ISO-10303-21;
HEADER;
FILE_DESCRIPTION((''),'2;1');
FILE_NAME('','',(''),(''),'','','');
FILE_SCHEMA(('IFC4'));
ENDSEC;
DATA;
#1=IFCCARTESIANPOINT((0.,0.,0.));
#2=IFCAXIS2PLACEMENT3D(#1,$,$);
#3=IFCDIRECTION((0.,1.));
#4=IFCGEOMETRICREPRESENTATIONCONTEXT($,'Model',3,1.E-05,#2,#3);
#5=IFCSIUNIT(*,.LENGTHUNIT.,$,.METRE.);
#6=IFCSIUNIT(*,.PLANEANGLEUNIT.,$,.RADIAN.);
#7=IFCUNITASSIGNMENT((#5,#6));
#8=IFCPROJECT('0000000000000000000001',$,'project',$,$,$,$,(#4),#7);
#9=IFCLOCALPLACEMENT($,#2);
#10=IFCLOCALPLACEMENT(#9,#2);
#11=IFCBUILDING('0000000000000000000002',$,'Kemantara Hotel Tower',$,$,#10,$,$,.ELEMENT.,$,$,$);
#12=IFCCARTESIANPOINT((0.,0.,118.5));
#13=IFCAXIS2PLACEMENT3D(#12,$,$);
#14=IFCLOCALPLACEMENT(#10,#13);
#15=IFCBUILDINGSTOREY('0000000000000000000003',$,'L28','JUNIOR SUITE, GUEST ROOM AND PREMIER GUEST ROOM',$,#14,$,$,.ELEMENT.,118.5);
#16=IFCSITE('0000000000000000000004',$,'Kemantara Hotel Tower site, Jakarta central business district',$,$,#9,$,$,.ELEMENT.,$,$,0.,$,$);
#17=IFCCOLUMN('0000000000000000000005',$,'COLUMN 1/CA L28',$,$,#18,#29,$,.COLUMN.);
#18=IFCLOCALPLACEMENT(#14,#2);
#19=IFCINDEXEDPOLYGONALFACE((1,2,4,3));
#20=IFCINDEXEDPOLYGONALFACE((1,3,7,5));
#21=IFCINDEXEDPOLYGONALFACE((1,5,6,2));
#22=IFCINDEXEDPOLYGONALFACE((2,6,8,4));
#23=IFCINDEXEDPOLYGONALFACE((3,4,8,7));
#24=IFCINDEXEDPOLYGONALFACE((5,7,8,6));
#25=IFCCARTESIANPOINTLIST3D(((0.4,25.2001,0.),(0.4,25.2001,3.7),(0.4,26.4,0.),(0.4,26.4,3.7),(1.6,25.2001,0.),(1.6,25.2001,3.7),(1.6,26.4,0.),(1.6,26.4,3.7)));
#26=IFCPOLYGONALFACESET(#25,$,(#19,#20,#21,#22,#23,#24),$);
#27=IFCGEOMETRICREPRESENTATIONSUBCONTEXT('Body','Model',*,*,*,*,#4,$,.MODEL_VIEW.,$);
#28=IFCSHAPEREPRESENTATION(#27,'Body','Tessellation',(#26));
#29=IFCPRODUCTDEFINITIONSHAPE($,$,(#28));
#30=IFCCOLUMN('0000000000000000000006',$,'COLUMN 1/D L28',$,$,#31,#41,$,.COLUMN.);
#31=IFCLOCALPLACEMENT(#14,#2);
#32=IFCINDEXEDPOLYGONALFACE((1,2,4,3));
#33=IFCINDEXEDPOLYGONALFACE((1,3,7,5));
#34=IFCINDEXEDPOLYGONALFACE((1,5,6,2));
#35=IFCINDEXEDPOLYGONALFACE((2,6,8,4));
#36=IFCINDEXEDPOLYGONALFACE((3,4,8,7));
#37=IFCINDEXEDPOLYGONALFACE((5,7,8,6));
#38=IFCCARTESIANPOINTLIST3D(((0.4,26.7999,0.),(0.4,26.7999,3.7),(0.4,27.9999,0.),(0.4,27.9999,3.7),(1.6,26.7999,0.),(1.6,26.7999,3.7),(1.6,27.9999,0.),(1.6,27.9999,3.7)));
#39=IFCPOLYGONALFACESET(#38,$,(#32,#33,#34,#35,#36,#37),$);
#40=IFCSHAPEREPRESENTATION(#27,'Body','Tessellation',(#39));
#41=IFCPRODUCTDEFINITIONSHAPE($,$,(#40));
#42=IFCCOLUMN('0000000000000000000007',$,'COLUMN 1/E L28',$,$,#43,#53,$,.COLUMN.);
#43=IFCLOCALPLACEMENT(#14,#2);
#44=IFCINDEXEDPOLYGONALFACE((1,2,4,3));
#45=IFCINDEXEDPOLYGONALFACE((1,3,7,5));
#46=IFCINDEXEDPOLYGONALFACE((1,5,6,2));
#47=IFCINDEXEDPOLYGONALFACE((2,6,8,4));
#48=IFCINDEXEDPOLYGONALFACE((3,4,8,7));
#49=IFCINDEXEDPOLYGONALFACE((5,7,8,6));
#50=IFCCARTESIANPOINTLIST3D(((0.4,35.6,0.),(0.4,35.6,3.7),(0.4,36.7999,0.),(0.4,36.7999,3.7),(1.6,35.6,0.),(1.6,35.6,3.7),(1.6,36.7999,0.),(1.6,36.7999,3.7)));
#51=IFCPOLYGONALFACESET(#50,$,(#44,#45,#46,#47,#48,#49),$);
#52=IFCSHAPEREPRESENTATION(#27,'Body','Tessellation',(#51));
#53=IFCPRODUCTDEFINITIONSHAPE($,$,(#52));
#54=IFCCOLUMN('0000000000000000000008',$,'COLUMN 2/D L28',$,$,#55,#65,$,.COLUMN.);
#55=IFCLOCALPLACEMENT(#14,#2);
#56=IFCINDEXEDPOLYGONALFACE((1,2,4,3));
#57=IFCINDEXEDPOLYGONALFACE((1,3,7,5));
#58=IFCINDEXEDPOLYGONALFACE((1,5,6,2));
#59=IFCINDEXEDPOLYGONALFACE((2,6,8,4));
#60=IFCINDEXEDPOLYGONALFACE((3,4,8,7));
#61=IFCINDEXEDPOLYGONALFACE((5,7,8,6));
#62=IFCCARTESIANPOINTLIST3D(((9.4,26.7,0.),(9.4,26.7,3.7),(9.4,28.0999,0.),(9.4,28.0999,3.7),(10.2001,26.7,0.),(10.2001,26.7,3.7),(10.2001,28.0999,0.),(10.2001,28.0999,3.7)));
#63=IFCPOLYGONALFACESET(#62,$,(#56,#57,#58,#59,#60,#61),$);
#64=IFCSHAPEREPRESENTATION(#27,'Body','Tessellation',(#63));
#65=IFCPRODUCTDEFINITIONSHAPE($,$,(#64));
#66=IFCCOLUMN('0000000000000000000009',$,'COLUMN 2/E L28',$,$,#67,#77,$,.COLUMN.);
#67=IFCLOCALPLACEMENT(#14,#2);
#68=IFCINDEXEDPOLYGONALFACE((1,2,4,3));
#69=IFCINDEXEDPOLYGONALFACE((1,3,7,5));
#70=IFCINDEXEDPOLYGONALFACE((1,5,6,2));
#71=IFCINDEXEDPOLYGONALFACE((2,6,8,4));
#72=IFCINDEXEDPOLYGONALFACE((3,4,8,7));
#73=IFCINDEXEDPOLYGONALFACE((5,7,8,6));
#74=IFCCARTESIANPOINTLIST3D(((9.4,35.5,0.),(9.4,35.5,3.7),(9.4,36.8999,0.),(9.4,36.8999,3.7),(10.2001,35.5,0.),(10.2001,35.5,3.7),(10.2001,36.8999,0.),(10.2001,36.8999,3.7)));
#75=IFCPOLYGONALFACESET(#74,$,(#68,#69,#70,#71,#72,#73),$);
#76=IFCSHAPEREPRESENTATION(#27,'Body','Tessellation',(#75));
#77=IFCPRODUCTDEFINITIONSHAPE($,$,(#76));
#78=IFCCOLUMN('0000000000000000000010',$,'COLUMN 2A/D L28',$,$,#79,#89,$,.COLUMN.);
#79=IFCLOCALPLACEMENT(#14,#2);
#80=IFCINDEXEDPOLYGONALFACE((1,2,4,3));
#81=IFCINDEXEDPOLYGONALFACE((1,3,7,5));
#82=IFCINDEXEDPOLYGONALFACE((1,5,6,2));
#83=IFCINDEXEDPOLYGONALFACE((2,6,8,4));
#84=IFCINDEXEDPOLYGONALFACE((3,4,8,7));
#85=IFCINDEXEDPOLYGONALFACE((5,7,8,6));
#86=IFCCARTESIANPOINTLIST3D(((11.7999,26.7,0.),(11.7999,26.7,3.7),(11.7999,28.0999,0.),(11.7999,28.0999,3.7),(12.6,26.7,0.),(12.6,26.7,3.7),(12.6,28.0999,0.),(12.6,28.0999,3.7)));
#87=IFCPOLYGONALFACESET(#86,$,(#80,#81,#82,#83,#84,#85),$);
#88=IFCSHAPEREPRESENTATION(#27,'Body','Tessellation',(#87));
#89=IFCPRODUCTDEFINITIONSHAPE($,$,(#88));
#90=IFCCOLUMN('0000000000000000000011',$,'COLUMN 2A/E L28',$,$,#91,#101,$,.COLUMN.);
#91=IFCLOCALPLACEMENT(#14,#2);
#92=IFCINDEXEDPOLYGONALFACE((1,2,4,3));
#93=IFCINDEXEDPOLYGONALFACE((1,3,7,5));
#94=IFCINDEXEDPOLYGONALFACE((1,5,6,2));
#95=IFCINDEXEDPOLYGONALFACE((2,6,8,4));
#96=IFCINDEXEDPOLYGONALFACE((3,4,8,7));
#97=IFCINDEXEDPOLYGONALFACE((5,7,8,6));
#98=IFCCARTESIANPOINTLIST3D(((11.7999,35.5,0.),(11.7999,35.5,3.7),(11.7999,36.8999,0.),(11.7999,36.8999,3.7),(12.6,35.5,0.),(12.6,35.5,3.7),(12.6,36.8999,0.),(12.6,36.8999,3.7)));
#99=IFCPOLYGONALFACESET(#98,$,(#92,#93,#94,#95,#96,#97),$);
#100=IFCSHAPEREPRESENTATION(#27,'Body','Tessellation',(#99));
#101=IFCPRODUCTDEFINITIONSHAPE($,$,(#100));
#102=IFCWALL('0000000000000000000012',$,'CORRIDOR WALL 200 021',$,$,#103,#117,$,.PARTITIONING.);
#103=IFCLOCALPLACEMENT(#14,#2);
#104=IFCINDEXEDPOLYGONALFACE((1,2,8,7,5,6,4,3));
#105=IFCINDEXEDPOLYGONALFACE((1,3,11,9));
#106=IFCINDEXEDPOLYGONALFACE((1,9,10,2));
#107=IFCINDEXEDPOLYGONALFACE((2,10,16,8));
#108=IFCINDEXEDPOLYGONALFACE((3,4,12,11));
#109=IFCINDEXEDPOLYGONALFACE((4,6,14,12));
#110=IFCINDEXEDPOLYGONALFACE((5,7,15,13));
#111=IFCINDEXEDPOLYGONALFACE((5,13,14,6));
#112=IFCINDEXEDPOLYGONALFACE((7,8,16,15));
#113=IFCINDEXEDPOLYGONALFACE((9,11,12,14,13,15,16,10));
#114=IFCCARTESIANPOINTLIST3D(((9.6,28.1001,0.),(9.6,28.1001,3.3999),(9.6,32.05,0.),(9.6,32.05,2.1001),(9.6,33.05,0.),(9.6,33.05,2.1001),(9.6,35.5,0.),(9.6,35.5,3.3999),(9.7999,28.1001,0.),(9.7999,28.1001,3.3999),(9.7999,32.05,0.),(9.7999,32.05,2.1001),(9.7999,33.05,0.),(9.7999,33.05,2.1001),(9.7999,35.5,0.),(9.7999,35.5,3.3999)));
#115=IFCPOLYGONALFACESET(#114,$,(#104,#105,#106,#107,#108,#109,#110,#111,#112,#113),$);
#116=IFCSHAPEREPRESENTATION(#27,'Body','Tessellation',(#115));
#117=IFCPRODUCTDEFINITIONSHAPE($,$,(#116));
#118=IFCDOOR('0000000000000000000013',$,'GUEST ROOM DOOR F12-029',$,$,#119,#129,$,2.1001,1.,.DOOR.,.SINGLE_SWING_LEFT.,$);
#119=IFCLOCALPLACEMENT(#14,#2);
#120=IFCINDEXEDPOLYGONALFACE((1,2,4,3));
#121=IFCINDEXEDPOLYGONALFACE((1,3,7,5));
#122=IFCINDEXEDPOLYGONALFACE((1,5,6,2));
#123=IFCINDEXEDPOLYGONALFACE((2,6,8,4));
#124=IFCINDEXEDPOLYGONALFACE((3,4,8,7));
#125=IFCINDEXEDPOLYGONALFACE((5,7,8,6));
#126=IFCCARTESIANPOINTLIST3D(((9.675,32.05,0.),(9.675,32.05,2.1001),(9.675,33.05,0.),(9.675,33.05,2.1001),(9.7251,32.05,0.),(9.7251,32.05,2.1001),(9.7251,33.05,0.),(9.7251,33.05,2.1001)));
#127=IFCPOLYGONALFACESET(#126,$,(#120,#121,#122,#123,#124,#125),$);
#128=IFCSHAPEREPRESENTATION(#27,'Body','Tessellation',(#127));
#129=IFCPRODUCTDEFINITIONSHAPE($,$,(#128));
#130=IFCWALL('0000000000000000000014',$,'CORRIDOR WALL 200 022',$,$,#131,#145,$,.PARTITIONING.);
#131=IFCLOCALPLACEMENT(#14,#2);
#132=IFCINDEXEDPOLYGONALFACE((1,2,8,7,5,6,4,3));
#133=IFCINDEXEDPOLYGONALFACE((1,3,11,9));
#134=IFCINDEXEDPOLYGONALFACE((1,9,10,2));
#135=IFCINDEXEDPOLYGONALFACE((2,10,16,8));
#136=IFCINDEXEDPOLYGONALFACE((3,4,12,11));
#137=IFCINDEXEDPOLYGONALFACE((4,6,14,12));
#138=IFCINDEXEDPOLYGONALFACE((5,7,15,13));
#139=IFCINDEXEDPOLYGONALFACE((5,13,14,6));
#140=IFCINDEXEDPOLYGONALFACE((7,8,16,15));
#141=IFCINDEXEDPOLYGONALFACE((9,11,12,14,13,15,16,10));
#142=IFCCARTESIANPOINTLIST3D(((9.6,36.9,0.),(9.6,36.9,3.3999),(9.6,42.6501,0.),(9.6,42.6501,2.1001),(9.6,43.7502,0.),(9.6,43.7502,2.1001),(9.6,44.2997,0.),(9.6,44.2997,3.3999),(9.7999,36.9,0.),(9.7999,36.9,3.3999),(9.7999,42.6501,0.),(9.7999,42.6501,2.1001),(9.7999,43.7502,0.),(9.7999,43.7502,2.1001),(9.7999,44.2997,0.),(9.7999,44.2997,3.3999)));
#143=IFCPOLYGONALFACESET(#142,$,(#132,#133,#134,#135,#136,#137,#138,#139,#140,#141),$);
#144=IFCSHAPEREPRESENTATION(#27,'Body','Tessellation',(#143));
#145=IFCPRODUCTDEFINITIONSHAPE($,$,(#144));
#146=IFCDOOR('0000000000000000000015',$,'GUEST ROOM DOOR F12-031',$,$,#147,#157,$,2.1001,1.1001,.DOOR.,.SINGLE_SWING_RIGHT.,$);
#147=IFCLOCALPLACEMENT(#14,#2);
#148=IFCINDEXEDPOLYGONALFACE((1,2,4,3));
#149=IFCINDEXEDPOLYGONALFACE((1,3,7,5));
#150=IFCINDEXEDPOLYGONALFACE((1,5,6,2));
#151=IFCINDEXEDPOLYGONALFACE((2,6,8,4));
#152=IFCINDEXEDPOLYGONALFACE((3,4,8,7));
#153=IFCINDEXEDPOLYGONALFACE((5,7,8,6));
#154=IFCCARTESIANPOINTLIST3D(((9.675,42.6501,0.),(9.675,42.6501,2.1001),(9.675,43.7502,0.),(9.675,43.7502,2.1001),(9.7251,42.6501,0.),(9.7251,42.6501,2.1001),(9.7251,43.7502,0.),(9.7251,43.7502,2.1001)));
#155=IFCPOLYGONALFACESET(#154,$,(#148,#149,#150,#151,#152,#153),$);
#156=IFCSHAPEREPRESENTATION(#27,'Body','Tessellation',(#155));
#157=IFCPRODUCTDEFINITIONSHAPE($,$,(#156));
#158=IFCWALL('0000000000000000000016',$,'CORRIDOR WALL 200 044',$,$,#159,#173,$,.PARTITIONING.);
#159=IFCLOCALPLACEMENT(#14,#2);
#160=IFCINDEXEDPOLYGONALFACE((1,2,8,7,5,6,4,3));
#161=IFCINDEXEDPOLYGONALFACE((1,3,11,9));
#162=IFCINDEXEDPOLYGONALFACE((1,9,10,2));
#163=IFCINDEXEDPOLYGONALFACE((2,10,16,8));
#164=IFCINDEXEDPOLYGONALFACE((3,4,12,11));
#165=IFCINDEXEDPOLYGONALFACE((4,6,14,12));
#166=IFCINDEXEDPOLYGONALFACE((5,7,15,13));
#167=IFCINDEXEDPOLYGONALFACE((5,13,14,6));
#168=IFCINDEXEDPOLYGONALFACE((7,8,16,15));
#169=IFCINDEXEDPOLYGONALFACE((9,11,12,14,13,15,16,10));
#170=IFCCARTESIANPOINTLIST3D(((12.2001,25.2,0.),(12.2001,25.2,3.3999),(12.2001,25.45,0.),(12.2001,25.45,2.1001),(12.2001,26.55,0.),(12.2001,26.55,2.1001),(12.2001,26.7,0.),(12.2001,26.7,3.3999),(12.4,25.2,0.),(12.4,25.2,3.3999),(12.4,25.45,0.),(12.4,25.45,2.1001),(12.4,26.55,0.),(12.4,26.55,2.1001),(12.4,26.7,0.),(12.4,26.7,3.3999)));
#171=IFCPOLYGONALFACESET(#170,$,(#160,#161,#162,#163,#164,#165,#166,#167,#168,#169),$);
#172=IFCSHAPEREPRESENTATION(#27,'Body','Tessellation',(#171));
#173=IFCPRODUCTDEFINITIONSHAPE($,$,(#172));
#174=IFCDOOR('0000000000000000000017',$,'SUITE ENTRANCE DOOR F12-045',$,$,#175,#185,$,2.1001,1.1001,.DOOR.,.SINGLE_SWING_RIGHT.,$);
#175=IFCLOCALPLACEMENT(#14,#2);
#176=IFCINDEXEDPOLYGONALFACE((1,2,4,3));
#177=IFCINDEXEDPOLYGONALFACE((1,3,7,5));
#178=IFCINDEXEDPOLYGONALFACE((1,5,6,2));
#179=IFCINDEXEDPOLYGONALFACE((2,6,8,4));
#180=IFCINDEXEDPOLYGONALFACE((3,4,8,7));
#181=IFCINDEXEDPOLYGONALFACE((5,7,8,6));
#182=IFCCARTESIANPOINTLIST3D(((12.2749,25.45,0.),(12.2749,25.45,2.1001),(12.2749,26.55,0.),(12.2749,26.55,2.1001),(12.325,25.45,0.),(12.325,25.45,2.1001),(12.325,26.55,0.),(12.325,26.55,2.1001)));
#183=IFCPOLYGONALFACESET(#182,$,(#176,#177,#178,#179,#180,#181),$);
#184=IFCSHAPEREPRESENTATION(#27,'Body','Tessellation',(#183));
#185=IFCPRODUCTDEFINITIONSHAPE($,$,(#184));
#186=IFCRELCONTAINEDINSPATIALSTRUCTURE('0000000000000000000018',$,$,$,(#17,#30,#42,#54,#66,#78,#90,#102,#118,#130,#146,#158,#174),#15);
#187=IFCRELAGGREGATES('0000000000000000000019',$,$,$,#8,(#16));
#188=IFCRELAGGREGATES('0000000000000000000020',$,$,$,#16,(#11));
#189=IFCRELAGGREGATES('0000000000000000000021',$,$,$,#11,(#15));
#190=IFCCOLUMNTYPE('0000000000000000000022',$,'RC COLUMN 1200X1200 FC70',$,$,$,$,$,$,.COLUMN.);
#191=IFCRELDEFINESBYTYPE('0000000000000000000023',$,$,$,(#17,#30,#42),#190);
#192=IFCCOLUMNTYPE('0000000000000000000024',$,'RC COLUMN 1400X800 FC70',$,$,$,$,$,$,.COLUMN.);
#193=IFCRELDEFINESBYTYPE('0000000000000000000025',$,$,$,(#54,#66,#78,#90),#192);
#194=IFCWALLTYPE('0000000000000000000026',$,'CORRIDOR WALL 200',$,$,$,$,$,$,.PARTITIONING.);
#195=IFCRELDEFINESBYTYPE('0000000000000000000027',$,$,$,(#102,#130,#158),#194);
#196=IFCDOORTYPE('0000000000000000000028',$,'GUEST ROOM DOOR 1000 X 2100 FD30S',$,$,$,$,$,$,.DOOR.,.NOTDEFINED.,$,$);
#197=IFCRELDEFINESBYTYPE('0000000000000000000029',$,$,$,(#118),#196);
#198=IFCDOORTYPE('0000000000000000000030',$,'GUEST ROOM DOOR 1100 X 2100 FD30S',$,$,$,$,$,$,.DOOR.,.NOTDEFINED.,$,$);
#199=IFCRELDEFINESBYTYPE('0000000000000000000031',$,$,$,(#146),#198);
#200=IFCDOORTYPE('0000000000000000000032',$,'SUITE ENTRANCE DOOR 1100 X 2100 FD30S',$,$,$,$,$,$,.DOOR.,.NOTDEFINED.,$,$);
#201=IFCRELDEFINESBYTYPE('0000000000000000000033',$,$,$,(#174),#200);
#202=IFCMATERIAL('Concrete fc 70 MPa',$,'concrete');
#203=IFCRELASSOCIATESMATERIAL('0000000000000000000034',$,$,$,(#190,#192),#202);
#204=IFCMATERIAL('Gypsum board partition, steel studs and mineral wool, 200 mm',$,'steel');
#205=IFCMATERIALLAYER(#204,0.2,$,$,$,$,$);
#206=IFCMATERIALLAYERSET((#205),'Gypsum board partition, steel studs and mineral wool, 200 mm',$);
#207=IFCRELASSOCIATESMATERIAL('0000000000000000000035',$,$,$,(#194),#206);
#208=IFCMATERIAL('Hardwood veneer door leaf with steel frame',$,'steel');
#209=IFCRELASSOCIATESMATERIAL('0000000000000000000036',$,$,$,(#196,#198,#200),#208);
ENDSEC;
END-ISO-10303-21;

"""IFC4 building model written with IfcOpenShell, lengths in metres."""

from ifc_helpers import new_model, si_unit, direction, frame, frame_2d, origin, origin_2d, place, context, subcontext, project, spatial, rectangle, extrude, material, layer, layer_set, material_profile, profile_set, type_object, element, fill, save


model = new_model("IFC4")

# Units and contexts
model_context = context("Model", 3, precision=1e-05, world=origin(), true_north=direction((0.0, 1.0)))
body_context = subcontext(model_context, "Body", "Model", "MODEL_VIEW")
ifc_project = project(units=[si_unit("LENGTHUNIT", "METRE"), si_unit("PLANEANGLEUNIT", "RADIAN")], contexts=[model_context])

# Site, building, storey
site_placement = place(None, origin())
site = spatial("IfcSite", under=ifc_project, at=site_placement, Name="Kemantara Hotel Tower site, Jakarta central business district", CompositionType="ELEMENT", RefElevation=0.0)
building_placement = place(site_placement, origin())
building = spatial("IfcBuilding", under=site, at=building_placement, Name="Kemantara Hotel Tower", CompositionType="ELEMENT")
storey_placement = place(building_placement, frame((0.0, 0.0, 118.5)))
storey = spatial("IfcBuildingStorey", under=building, at=storey_placement, Name="L28", Description="JUNIOR SUITE, GUEST ROOM AND PREMIER GUEST ROOM", CompositionType="ELEMENT", Elevation=118.5)

# Columns
ifc_material_1 = material(Name="Concrete fc 70 MPa", Category="concrete")
ifc_material_profile_1 = material_profile(ifc_material_1, rectangle(XDim=1.2, YDim=1.2, at=origin_2d()), Name="RC 1200X1200")
ifc_profile_set_1 = profile_set([ifc_material_profile_1], Name="Concrete fc 70 MPa")
column_type_1 = type_object("IfcColumnType", Name="RC COLUMN 1200X1200 FC70", PredefinedType="COLUMN", material=ifc_profile_set_1)
for number, where, z_axis, x_axis, name in (
    (1, (1.0, 25.8, 0.0), (0.0, 0.0, 1.0), (1.0, 0.0, 0.0), "COLUMN 1/CA L28"),
    (2, (1.0, 27.3999, 0.0), (0.0, 0.0, 1.0), (1.0, 0.0, 0.0), "COLUMN 1/D L28"),
    (3, (1.0, 36.2, 0.0), (0.0, 0.0, 1.0), (1.0, 0.0, 0.0), "COLUMN 1/E L28"),
):
    element("IfcColumn", number, at=place(storey_placement, frame(where, z_axis=z_axis, x_axis=x_axis)), inside=storey, type_object=column_type_1, Name=name, PredefinedType="COLUMN", context=body_context, shape_type="SweptSolid", body=[
        extrude(rectangle(XDim=1.2, YDim=1.2, at=origin_2d()), origin(), (0.0, 0.0, 1.0), 3.7),
    ])
ifc_material_profile_2 = material_profile(ifc_material_1, rectangle(XDim=1.3999, YDim=0.8, at=origin_2d()), Name="RC 1400X800")
ifc_profile_set_2 = profile_set([ifc_material_profile_2], Name="Concrete fc 70 MPa")
column_type_2 = type_object("IfcColumnType", Name="RC COLUMN 1400X800 FC70", PredefinedType="COLUMN", material=ifc_profile_set_2)
for number, where, z_axis, x_axis, name in (
    (4, (9.8, 27.3999, 0.0), (0.0, 0.0, 1.0), (0.0, 1.0, 0.0), "COLUMN 2/D L28"),
    (5, (9.8, 36.2, 0.0), (0.0, 0.0, 1.0), (0.0, 1.0, 0.0), "COLUMN 2/E L28"),
    (6, (12.2, 27.3999, 0.0), (0.0, 0.0, 1.0), (0.0, 1.0, 0.0), "COLUMN 2A/D L28"),
    (7, (12.2, 36.2, 0.0), (0.0, 0.0, 1.0), (0.0, 1.0, 0.0), "COLUMN 2A/E L28"),
):
    element("IfcColumn", number, at=place(storey_placement, frame(where, z_axis=z_axis, x_axis=x_axis)), inside=storey, type_object=column_type_2, Name=name, PredefinedType="COLUMN", context=body_context, shape_type="SweptSolid", body=[
        extrude(rectangle(XDim=1.3999, YDim=0.8, at=origin_2d()), origin(), (0.0, 0.0, 1.0), 3.7),
    ])

# Walls, openings, doors
ifc_material_2 = material(Name="Gypsum board partition, steel studs and mineral wool, 200 mm", Category="steel")
ifc_layer_1 = layer(ifc_material_2, 0.2)
ifc_layer_set_1 = layer_set([ifc_layer_1], Name="Gypsum board partition, steel studs and mineral wool, 200 mm")
wall_type_1 = type_object("IfcWallType", Name="CORRIDOR WALL 200", PredefinedType="PARTITIONING", material=ifc_layer_set_1)
wall_1_placement = place(storey_placement, frame((9.7, 28.1001, 0.0), z_axis=(0.0, 0.0, 1.0), x_axis=(0.0, 1.0, 0.0)))
wall_1 = element("IfcWall", 8, at=wall_1_placement, inside=storey, type_object=wall_type_1, Name="CORRIDOR WALL 200 021", PredefinedType="PARTITIONING", context=body_context, shape_type="SweptSolid", body=[
    extrude(rectangle(XDim=7.3999, YDim=0.2, at=frame_2d((3.7, 0.0))), origin(), (0.0, 0.0, 1.0), 3.3999),
])
opening_1_placement = place(wall_1_placement, frame((3.95, 0.0, 0.0)))
opening_1 = element("IfcOpeningElement", 9, at=opening_1_placement, cuts=wall_1, PredefinedType="OPENING", context=body_context, shape_type="SweptSolid", body=[
    extrude(rectangle(XDim=1.0, YDim=2.1001, at=frame_2d((0.5, 1.05))), frame((0.0, 0.1099, 0.0), z_axis=(0.0, -1.0, 0.0), x_axis=(1.0, 0.0, 0.0)), (0.0, 0.0, 1.0), 0.22),
])
ifc_material_3 = material(Name="Hardwood veneer door leaf with steel frame", Category="steel")
door_type_1 = type_object("IfcDoorType", Name="GUEST ROOM DOOR 1000 X 2100 FD30S", OperationType="NOTDEFINED", PredefinedType="DOOR", material=ifc_material_3)
door_1_placement = place(opening_1_placement, origin())
door_1 = element("IfcDoor", 10, at=door_1_placement, inside=storey, type_object=door_type_1, Name="GUEST ROOM DOOR F12-029", OperationType="SINGLE_SWING_LEFT", OverallHeight=2.1001, OverallWidth=1.0, PredefinedType="DOOR", context=body_context, shape_type="SweptSolid", body=[
    extrude(rectangle(XDim=1.0, YDim=2.1001, at=frame_2d((0.5, 1.05))), frame((0.0, 0.0249, 0.0), z_axis=(0.0, -1.0, 0.0), x_axis=(1.0, 0.0, 0.0)), (0.0, 0.0, 1.0), 0.05),
])
fill(opening_1, door_1)
wall_2_placement = place(storey_placement, frame((9.7, 36.9001, 0.0), z_axis=(0.0, 0.0, 1.0), x_axis=(0.0, 1.0, 0.0)))
wall_2 = element("IfcWall", 11, at=wall_2_placement, inside=storey, type_object=wall_type_1, Name="CORRIDOR WALL 200 022", PredefinedType="PARTITIONING", context=body_context, shape_type="SweptSolid", body=[
    extrude(rectangle(XDim=7.3997, YDim=0.2, at=frame_2d((3.6997, 0.0))), origin(), (0.0, 0.0, 1.0), 3.3999),
])
opening_2_placement = place(wall_2_placement, frame((5.75, 0.0, 0.0)))
opening_2 = element("IfcOpeningElement", 12, at=opening_2_placement, cuts=wall_2, PredefinedType="OPENING", context=body_context, shape_type="SweptSolid", body=[
    extrude(rectangle(XDim=1.1001, YDim=2.1001, at=frame_2d((0.55, 1.05))), frame((0.0, 0.1099, 0.0), z_axis=(0.0, -1.0, 0.0), x_axis=(1.0, 0.0, 0.0)), (0.0, 0.0, 1.0), 0.22),
])
door_type_2 = type_object("IfcDoorType", Name="GUEST ROOM DOOR 1100 X 2100 FD30S", OperationType="NOTDEFINED", PredefinedType="DOOR", material=ifc_material_3)
door_2_placement = place(opening_2_placement, origin())
door_2 = element("IfcDoor", 13, at=door_2_placement, inside=storey, type_object=door_type_2, Name="GUEST ROOM DOOR F12-031", OperationType="SINGLE_SWING_RIGHT", OverallHeight=2.1001, OverallWidth=1.1001, PredefinedType="DOOR", context=body_context, shape_type="SweptSolid", body=[
    extrude(rectangle(XDim=1.1001, YDim=2.1001, at=frame_2d((0.55, 1.05))), frame((0.0, 0.0249, 0.0), z_axis=(0.0, -1.0, 0.0), x_axis=(1.0, 0.0, 0.0)), (0.0, 0.0, 1.0), 0.05),
])
fill(opening_2, door_2)
wall_3_placement = place(storey_placement, frame((12.3, 26.7, 0.0), z_axis=(0.0, 0.0, 1.0), x_axis=(0.0, -1.0, 0.0)))
wall_3 = element("IfcWall", 14, at=wall_3_placement, inside=storey, type_object=wall_type_1, Name="CORRIDOR WALL 200 044", PredefinedType="PARTITIONING", context=body_context, shape_type="SweptSolid", body=[
    extrude(rectangle(XDim=1.5, YDim=0.2, at=frame_2d((0.75, 0.0))), origin(), (0.0, 0.0, 1.0), 3.3999),
])
opening_3_placement = place(wall_3_placement, frame((0.1499, 0.0, 0.0)))
opening_3 = element("IfcOpeningElement", 15, at=opening_3_placement, cuts=wall_3, PredefinedType="OPENING", context=body_context, shape_type="SweptSolid", body=[
    extrude(rectangle(XDim=1.1001, YDim=2.1001, at=frame_2d((0.55, 1.05))), frame((0.0, 0.1099, 0.0), z_axis=(0.0, -1.0, 0.0), x_axis=(1.0, 0.0, 0.0)), (0.0, 0.0, 1.0), 0.22),
])
door_type_3 = type_object("IfcDoorType", Name="SUITE ENTRANCE DOOR 1100 X 2100 FD30S", OperationType="NOTDEFINED", PredefinedType="DOOR", material=ifc_material_3)
door_3_placement = place(opening_3_placement, origin())
door_3 = element("IfcDoor", 16, at=door_3_placement, inside=storey, type_object=door_type_3, Name="SUITE ENTRANCE DOOR F12-045", OperationType="SINGLE_SWING_RIGHT", OverallHeight=2.1001, OverallWidth=1.1001, PredefinedType="DOOR", context=body_context, shape_type="SweptSolid", body=[
    extrude(rectangle(XDim=1.1001, YDim=2.1001, at=frame_2d((0.55, 1.05))), frame((0.0, 0.0249, 0.0), z_axis=(0.0, -1.0, 0.0), x_axis=(1.0, 0.0, 0.0)), (0.0, 0.0, 1.0), 0.05),
])
fill(opening_3, door_3)

save(model, "model.ifc")
